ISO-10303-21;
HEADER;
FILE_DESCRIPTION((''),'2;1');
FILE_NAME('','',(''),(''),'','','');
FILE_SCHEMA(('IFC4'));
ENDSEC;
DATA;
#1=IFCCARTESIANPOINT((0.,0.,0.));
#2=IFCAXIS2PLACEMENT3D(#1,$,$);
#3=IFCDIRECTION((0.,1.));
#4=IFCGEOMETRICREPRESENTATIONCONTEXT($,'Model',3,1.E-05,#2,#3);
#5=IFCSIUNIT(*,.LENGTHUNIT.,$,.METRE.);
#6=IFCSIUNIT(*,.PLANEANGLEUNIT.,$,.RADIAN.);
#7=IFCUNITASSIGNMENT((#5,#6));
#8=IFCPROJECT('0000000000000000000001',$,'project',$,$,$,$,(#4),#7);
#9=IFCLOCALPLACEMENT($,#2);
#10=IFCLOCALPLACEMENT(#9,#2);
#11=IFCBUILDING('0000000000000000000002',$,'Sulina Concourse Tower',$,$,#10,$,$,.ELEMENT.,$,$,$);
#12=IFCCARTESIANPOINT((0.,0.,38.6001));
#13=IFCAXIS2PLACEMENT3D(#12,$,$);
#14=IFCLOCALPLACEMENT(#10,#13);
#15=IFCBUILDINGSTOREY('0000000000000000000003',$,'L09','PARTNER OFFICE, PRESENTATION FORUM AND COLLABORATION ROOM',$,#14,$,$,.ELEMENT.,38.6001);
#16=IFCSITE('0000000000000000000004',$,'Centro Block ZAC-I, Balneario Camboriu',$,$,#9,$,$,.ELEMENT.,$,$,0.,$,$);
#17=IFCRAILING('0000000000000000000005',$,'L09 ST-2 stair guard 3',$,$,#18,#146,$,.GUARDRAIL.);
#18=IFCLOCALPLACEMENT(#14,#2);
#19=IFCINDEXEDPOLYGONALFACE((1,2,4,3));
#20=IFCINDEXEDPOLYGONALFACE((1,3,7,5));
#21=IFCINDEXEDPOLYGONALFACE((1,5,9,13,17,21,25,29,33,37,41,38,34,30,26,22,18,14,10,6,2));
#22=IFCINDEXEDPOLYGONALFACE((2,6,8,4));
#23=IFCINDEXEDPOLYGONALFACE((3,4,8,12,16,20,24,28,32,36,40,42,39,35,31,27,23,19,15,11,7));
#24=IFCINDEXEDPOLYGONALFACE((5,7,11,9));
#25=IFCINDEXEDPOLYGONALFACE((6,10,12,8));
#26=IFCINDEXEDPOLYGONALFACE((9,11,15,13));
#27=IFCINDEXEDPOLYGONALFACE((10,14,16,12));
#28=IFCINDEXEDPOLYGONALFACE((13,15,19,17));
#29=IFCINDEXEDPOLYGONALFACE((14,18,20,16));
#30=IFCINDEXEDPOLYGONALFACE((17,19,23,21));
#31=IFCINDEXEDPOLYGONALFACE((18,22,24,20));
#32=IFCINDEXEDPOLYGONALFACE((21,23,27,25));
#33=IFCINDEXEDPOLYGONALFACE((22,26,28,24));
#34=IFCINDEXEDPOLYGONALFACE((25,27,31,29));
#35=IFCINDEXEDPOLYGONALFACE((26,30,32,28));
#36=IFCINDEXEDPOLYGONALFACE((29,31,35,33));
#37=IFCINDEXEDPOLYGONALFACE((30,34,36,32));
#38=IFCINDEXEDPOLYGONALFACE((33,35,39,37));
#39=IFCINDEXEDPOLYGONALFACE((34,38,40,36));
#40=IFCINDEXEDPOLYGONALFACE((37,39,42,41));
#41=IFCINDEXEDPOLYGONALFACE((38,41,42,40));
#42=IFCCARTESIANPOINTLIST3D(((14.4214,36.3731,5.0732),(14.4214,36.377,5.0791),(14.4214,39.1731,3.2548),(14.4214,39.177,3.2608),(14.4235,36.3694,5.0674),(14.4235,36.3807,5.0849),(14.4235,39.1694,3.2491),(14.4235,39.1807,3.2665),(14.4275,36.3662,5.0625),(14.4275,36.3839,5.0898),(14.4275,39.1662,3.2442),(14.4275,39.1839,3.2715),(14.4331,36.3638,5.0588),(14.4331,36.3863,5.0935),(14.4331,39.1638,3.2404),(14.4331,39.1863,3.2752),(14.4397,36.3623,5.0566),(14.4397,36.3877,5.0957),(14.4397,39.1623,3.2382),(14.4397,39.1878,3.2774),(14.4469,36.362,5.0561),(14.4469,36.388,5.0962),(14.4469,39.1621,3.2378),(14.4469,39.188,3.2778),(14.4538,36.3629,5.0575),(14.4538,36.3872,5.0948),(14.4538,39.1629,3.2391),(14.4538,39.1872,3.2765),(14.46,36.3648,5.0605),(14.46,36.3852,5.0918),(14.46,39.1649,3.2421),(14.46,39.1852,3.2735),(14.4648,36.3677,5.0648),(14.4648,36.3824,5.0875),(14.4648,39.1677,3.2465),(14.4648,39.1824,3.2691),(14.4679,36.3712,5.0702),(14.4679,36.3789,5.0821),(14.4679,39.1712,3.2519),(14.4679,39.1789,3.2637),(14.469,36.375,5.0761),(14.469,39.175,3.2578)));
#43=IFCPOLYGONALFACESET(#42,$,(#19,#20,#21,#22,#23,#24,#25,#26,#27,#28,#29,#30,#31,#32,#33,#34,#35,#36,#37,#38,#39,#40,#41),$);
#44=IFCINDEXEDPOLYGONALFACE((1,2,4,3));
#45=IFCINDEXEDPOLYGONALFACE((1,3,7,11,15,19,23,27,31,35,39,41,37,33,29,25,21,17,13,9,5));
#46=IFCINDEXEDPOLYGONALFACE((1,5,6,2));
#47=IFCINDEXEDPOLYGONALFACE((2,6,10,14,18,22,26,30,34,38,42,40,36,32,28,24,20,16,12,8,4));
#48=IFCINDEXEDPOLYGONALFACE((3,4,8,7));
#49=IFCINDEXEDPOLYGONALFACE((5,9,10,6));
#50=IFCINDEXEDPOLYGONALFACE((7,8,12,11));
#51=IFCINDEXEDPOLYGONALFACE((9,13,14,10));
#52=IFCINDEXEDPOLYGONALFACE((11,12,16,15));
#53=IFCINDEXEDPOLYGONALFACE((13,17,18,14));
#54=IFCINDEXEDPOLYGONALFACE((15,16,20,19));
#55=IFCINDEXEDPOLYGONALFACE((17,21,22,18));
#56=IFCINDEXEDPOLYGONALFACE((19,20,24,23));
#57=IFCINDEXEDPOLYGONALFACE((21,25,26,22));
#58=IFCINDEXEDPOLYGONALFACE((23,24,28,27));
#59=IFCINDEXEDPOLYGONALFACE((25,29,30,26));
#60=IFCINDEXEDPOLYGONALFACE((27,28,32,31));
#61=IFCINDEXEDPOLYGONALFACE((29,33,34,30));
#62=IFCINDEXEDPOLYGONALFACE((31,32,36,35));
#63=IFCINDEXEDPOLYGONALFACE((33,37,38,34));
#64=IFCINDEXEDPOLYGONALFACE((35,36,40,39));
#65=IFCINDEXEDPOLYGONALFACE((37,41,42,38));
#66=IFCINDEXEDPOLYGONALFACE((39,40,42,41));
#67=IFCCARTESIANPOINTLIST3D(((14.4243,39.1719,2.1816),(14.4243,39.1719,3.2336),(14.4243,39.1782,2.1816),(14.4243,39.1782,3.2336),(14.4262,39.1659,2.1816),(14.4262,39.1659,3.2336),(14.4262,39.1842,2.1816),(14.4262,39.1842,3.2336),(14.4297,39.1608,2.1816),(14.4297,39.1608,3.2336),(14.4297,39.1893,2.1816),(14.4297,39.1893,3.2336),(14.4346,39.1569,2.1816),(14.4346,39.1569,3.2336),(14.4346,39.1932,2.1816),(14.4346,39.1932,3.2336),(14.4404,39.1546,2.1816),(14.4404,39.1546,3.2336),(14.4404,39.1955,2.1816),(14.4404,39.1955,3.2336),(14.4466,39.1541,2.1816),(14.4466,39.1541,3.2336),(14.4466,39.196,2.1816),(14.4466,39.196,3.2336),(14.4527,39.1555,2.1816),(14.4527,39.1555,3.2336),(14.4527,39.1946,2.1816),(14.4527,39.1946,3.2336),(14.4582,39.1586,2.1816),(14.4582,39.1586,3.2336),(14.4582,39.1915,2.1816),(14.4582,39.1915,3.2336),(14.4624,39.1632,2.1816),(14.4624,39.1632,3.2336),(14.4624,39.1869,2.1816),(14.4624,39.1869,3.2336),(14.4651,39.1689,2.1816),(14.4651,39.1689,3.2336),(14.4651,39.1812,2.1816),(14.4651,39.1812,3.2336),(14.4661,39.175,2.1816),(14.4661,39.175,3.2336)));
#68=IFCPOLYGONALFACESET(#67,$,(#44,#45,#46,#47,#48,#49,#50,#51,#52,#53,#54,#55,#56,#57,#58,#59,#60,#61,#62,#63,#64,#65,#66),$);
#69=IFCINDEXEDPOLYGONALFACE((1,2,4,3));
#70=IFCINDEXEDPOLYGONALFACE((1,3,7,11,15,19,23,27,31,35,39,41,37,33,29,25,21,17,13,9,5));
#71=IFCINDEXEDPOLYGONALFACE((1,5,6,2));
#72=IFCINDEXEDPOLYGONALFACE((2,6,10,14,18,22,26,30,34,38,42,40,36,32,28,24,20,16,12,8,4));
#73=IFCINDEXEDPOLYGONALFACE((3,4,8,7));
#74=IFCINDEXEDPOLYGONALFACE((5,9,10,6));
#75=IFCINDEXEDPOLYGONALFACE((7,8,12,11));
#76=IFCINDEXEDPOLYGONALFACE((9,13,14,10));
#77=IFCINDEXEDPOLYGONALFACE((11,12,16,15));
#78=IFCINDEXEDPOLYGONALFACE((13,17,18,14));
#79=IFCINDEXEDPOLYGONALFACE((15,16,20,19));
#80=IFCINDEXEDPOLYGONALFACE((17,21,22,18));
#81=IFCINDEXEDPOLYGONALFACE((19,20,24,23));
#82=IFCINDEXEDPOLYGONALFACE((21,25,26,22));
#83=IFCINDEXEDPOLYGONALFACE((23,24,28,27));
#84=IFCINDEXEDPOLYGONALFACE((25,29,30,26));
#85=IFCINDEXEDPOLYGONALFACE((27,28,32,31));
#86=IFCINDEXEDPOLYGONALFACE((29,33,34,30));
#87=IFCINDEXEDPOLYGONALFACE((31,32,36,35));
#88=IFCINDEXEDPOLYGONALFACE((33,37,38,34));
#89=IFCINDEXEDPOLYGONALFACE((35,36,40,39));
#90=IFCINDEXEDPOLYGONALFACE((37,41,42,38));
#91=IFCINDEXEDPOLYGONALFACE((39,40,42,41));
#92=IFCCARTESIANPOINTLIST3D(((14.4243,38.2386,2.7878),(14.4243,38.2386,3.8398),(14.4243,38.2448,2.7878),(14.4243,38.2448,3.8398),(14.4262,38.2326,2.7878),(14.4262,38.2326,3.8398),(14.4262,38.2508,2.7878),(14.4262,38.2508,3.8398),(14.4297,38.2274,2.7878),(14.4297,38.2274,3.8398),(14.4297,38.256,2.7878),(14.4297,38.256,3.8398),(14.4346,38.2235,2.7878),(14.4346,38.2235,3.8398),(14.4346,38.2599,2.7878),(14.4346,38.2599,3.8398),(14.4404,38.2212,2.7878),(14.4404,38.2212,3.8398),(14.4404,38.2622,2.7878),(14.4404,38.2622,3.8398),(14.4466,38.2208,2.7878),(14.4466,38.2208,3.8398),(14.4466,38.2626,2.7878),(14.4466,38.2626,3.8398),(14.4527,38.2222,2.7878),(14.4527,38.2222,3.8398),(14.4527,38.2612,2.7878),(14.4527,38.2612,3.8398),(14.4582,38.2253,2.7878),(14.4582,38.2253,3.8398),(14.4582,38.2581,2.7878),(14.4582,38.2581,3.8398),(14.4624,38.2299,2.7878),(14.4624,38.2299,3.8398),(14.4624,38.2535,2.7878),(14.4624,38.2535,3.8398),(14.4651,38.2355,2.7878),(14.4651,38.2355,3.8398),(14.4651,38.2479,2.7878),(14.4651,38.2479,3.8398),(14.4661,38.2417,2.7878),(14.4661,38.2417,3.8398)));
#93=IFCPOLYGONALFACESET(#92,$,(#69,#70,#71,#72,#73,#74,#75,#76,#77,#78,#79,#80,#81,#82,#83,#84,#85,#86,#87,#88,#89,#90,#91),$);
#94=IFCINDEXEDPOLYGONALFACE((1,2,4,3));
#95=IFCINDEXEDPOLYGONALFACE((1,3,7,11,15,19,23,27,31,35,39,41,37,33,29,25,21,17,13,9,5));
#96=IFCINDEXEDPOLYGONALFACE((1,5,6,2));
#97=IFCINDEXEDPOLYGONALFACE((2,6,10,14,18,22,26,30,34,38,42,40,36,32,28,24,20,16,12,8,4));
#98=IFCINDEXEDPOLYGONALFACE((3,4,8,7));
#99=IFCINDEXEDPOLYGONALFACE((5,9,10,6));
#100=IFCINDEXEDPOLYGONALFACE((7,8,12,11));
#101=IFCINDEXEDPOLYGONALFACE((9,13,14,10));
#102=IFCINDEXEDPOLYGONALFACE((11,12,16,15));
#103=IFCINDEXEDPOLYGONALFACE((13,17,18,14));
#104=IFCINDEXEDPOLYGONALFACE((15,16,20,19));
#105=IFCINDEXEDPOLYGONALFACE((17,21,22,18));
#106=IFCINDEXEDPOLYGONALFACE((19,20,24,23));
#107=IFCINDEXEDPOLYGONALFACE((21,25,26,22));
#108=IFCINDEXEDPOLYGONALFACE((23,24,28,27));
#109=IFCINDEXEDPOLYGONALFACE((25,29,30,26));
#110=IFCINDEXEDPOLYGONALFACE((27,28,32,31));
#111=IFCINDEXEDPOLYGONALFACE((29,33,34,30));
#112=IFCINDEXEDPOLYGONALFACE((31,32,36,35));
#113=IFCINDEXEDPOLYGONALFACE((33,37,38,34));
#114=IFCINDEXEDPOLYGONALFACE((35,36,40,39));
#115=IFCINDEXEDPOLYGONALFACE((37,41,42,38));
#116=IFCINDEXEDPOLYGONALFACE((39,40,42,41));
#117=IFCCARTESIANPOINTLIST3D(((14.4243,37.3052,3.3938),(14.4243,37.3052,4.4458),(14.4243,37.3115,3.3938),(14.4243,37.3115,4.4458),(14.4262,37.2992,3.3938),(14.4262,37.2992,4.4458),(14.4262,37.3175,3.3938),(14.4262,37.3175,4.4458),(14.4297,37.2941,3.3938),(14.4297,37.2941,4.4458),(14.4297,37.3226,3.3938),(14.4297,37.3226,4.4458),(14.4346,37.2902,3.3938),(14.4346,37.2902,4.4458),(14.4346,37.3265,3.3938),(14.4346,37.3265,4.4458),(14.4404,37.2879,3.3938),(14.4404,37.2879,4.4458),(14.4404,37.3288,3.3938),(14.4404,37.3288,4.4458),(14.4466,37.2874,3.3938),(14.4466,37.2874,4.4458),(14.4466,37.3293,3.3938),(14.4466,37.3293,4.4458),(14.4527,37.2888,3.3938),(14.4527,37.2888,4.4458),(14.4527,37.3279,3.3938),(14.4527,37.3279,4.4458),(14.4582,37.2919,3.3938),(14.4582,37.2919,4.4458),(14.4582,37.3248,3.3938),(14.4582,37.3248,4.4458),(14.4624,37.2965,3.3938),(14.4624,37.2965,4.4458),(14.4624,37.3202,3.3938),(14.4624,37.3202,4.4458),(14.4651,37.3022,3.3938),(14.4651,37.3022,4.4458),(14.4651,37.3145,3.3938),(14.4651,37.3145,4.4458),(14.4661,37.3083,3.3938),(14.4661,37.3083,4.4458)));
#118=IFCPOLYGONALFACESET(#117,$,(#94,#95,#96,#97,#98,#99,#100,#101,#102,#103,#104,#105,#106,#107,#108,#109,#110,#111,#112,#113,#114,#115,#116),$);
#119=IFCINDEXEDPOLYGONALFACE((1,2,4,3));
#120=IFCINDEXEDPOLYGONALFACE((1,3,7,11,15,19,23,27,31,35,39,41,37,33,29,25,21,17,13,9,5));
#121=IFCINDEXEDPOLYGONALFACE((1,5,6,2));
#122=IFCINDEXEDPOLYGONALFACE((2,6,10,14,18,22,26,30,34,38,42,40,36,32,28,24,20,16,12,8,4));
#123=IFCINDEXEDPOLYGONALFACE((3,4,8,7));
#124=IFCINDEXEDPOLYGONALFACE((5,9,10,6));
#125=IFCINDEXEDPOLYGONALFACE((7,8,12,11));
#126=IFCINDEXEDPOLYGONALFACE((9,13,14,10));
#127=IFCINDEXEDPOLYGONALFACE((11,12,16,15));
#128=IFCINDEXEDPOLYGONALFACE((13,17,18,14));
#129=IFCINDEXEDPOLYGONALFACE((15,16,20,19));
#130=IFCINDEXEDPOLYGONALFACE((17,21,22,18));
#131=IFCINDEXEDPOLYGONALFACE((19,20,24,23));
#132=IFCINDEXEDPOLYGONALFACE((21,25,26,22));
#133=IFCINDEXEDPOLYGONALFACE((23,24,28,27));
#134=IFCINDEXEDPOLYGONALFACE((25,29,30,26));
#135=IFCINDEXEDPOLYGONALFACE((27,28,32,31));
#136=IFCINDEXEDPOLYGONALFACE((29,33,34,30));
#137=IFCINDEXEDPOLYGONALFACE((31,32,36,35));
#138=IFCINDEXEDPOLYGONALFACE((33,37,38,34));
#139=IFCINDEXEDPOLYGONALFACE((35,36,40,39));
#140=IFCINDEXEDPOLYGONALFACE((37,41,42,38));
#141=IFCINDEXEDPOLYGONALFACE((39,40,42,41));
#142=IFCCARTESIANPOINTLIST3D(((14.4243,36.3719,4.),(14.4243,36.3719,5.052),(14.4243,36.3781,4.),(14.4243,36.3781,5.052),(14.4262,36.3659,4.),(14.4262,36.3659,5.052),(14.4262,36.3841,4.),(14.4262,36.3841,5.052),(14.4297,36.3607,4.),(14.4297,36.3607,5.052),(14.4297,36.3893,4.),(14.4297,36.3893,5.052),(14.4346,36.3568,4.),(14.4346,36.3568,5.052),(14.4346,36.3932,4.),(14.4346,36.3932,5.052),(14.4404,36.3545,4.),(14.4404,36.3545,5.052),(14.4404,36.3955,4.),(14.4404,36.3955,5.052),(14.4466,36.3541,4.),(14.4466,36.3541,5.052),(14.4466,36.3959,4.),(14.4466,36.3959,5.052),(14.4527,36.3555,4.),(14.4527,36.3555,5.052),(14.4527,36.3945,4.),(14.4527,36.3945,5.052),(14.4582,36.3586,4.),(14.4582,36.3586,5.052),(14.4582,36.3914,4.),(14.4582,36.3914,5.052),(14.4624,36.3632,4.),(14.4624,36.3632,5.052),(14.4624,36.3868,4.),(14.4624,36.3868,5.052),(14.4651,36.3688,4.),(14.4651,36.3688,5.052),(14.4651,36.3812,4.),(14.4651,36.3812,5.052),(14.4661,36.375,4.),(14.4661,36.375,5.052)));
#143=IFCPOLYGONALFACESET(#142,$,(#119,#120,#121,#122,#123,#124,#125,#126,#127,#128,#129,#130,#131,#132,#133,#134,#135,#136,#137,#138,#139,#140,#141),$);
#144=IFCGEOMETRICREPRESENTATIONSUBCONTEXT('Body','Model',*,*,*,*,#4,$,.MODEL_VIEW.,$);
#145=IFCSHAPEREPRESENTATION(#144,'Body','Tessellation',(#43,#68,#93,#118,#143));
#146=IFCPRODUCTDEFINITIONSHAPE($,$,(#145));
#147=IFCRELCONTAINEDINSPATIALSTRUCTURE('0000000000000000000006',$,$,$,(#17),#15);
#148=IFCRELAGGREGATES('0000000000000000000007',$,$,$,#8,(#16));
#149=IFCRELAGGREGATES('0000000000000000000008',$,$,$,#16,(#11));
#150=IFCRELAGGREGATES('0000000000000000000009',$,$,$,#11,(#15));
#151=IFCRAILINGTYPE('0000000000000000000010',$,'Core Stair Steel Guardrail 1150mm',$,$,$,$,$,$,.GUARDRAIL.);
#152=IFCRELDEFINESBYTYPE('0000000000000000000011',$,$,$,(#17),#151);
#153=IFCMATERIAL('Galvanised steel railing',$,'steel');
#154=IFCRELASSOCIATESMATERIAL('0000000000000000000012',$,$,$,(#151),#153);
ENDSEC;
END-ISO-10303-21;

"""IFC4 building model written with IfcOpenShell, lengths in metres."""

from ifc_helpers import new_model, si_unit, direction, frame, origin, origin_2d, place, context, subcontext, project, spatial, circle, extrude, material, type_object, element, save


model = new_model("IFC4")

# Units and contexts
model_context = context("Model", 3, precision=1e-05, world=origin(), true_north=direction((0.0, 1.0)))
body_context = subcontext(model_context, "Body", "Model", "MODEL_VIEW")
ifc_project = project(units=[si_unit("LENGTHUNIT", "METRE"), si_unit("PLANEANGLEUNIT", "RADIAN")], contexts=[model_context])

# Site, building, storey
site_placement = place(None, origin())
site = spatial("IfcSite", under=ifc_project, at=site_placement, Name="Centro Block ZAC-I, Balneario Camboriu", CompositionType="ELEMENT", RefElevation=0.0)
building_placement = place(site_placement, origin())
building = spatial("IfcBuilding", under=site, at=building_placement, Name="Sulina Concourse Tower", CompositionType="ELEMENT")
storey_placement = place(building_placement, frame((0.0, 0.0, 38.6001)))
storey = spatial("IfcBuildingStorey", under=building, at=storey_placement, Name="L09", Description="PARTNER OFFICE, PRESENTATION FORUM AND COLLABORATION ROOM", CompositionType="ELEMENT", Elevation=38.6001)

# Railing
ifc_material_1 = material(Name="Galvanised steel railing", Category="steel")
railing_type_1 = type_object("IfcRailingType", Name="Core Stair Steel Guardrail 1150mm", PredefinedType="GUARDRAIL", material=ifc_material_1)
railing_1_placement = place(storey_placement, frame((14.4451, 39.175, 2.1816)))
element("IfcRailing", 1, at=railing_1_placement, inside=storey, type_object=railing_type_1, Name="L09 ST-2 stair guard 3", PredefinedType="GUARDRAIL", context=body_context, shape_type="SweptSolid", body=[
    extrude(circle(Radius=0.0239, at=origin_2d()), frame((0.0, 0.0, 1.0762), z_axis=(0.0, -0.838672, 0.544636), x_axis=(1.0, 0.0, 0.0)), (0.0, 0.0, 1.0), 3.3386),
    extrude(circle(Radius=0.021, at=origin_2d()), origin(), (0.0, 0.0, 1.0), 1.052),
    extrude(circle(Radius=0.021, at=origin_2d()), frame((0.0, -0.9333, 0.6062)), (0.0, 0.0, 1.0), 1.052),
    extrude(circle(Radius=0.021, at=origin_2d()), frame((0.0, -1.8667, 1.2122)), (0.0, 0.0, 1.0), 1.052),
    extrude(circle(Radius=0.021, at=origin_2d()), frame((0.0, -2.8, 1.8184)), (0.0, 0.0, 1.0), 1.052),
])

save(model, "model.ifc")
